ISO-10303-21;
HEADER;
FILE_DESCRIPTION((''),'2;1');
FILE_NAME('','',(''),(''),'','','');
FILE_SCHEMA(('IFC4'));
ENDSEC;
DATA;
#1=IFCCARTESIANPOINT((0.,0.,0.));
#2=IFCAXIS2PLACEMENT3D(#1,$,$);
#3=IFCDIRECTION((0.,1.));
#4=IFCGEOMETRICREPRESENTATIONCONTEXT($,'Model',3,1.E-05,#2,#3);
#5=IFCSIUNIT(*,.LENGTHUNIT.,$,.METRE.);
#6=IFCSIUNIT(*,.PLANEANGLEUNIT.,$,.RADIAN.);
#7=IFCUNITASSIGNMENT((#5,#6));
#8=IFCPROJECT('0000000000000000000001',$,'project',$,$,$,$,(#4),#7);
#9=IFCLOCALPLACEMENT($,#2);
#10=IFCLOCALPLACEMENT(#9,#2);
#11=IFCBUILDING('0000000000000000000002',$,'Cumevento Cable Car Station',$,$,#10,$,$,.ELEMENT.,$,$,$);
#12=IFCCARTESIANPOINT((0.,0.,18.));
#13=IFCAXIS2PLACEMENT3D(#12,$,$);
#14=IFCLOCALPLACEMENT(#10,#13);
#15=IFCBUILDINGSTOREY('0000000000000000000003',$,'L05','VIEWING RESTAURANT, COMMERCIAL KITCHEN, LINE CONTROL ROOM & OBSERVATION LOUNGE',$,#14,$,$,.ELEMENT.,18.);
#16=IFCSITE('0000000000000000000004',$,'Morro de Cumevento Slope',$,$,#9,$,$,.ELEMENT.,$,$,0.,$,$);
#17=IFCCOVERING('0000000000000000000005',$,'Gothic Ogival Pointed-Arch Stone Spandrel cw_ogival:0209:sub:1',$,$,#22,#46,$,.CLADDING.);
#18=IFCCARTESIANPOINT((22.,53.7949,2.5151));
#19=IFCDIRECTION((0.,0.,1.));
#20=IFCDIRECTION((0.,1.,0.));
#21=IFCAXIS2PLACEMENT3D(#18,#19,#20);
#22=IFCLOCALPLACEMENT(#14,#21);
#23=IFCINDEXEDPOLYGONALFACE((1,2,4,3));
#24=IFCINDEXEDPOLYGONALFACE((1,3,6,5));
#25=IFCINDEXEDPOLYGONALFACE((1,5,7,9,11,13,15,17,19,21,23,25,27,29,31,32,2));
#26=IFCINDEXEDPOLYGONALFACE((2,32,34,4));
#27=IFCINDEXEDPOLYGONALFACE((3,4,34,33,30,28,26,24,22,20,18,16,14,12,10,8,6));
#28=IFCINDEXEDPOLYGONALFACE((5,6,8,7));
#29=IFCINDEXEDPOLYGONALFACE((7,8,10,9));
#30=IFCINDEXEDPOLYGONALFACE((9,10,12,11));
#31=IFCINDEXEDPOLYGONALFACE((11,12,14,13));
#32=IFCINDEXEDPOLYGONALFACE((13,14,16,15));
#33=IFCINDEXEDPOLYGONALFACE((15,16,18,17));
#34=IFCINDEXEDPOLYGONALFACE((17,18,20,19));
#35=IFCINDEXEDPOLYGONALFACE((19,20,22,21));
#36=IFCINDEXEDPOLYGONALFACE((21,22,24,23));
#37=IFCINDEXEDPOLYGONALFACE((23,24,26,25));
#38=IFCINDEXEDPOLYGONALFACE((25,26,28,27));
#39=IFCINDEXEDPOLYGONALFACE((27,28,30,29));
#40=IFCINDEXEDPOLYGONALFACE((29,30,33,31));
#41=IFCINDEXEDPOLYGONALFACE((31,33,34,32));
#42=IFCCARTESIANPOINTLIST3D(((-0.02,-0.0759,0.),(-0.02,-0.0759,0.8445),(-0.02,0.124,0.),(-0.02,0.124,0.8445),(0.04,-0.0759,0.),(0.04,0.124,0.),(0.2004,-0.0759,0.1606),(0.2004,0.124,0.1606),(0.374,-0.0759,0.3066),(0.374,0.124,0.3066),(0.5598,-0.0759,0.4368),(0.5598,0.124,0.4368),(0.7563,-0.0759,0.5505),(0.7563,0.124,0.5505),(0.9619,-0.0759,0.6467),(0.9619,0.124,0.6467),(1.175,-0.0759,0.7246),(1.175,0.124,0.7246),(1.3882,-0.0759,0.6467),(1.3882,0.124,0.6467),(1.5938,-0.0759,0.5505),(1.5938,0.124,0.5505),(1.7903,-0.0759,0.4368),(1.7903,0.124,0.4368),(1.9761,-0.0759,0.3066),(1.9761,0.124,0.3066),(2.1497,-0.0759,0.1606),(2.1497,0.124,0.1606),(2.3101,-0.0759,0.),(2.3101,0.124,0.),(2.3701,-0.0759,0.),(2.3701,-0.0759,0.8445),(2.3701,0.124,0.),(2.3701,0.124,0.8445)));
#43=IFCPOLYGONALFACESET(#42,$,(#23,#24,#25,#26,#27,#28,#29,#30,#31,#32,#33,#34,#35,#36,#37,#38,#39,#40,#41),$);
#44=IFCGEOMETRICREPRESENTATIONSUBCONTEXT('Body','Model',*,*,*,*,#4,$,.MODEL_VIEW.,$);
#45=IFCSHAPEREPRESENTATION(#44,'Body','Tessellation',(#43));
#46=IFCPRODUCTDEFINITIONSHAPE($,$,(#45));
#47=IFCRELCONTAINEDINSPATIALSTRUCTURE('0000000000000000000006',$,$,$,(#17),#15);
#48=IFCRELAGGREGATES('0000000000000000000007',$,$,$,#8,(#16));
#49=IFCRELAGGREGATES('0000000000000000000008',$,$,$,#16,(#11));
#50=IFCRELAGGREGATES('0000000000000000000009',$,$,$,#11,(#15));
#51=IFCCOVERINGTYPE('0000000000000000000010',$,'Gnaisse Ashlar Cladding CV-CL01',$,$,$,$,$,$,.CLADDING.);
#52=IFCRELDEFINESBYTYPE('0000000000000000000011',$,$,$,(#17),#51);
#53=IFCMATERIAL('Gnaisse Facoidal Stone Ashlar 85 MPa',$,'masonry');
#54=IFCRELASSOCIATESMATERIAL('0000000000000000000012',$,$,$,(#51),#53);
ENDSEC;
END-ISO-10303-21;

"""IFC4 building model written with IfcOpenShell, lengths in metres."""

from ifc_helpers import new_model, si_unit, direction, frame, origin, place, context, subcontext, project, spatial, polyline, outline, extrude, material, type_object, element, save


model = new_model("IFC4")

# Units and contexts
model_context = context("Model", 3, precision=1e-05, world=origin(), true_north=direction((0.0, 1.0)))
body_context = subcontext(model_context, "Body", "Model", "MODEL_VIEW")
ifc_project = project(units=[si_unit("LENGTHUNIT", "METRE"), si_unit("PLANEANGLEUNIT", "RADIAN")], contexts=[model_context])

# Site, building, storey
site_placement = place(None, origin())
site = spatial("IfcSite", under=ifc_project, at=site_placement, Name="Morro de Cumevento Slope", CompositionType="ELEMENT", RefElevation=0.0)
building_placement = place(site_placement, origin())
building = spatial("IfcBuilding", under=site, at=building_placement, Name="Cumevento Cable Car Station", CompositionType="ELEMENT")
storey_placement = place(building_placement, frame((0.0, 0.0, 18.0)))
storey = spatial("IfcBuildingStorey", under=building, at=storey_placement, Name="L05", Description="VIEWING RESTAURANT, COMMERCIAL KITCHEN, LINE CONTROL ROOM & OBSERVATION LOUNGE", CompositionType="ELEMENT", Elevation=18.0)

# Covering
ifc_material_1 = material(Name="Gnaisse Facoidal Stone Ashlar 85 MPa", Category="masonry")
covering_type = type_object("IfcCoveringType", Name="Gnaisse Ashlar Cladding CV-CL01", PredefinedType="CLADDING", material=ifc_material_1)
covering_1_placement = place(storey_placement, frame((22.0, 53.7949, 2.5151), z_axis=(0.0, 0.0, 1.0), x_axis=(0.0, 1.0, 0.0)))
element("IfcCovering", 1, at=covering_1_placement, inside=storey, type_object=covering_type, Name="Gothic Ogival Pointed-Arch Stone Spandrel cw_ogival:0209:sub:1", PredefinedType="CLADDING", context=body_context, shape_type="SweptSolid", body=[
    extrude(outline(polyline([(-0.02, 0.0), (-0.02, 0.8445), (2.3701, 0.8445), (2.3701, 0.0), (2.3101, 0.0), (2.1497, 0.1606), (1.9761, 0.3066), (1.7903, 0.4368), (1.5938, 0.5505), (1.3882, 0.6467), (1.175, 0.7246), (0.9619, 0.6467), (0.7563, 0.5505), (0.5598, 0.4368), (0.374, 0.3066), (0.2004, 0.1606), (0.04, 0.0), (-0.02, 0.0)])), frame((0.0, 0.124, 0.0), z_axis=(0.0, -1.0, 0.0), x_axis=(1.0, 0.0, 0.0)), (0.0, 0.0, 1.0), 0.2),
])

save(model, "model.ifc")
